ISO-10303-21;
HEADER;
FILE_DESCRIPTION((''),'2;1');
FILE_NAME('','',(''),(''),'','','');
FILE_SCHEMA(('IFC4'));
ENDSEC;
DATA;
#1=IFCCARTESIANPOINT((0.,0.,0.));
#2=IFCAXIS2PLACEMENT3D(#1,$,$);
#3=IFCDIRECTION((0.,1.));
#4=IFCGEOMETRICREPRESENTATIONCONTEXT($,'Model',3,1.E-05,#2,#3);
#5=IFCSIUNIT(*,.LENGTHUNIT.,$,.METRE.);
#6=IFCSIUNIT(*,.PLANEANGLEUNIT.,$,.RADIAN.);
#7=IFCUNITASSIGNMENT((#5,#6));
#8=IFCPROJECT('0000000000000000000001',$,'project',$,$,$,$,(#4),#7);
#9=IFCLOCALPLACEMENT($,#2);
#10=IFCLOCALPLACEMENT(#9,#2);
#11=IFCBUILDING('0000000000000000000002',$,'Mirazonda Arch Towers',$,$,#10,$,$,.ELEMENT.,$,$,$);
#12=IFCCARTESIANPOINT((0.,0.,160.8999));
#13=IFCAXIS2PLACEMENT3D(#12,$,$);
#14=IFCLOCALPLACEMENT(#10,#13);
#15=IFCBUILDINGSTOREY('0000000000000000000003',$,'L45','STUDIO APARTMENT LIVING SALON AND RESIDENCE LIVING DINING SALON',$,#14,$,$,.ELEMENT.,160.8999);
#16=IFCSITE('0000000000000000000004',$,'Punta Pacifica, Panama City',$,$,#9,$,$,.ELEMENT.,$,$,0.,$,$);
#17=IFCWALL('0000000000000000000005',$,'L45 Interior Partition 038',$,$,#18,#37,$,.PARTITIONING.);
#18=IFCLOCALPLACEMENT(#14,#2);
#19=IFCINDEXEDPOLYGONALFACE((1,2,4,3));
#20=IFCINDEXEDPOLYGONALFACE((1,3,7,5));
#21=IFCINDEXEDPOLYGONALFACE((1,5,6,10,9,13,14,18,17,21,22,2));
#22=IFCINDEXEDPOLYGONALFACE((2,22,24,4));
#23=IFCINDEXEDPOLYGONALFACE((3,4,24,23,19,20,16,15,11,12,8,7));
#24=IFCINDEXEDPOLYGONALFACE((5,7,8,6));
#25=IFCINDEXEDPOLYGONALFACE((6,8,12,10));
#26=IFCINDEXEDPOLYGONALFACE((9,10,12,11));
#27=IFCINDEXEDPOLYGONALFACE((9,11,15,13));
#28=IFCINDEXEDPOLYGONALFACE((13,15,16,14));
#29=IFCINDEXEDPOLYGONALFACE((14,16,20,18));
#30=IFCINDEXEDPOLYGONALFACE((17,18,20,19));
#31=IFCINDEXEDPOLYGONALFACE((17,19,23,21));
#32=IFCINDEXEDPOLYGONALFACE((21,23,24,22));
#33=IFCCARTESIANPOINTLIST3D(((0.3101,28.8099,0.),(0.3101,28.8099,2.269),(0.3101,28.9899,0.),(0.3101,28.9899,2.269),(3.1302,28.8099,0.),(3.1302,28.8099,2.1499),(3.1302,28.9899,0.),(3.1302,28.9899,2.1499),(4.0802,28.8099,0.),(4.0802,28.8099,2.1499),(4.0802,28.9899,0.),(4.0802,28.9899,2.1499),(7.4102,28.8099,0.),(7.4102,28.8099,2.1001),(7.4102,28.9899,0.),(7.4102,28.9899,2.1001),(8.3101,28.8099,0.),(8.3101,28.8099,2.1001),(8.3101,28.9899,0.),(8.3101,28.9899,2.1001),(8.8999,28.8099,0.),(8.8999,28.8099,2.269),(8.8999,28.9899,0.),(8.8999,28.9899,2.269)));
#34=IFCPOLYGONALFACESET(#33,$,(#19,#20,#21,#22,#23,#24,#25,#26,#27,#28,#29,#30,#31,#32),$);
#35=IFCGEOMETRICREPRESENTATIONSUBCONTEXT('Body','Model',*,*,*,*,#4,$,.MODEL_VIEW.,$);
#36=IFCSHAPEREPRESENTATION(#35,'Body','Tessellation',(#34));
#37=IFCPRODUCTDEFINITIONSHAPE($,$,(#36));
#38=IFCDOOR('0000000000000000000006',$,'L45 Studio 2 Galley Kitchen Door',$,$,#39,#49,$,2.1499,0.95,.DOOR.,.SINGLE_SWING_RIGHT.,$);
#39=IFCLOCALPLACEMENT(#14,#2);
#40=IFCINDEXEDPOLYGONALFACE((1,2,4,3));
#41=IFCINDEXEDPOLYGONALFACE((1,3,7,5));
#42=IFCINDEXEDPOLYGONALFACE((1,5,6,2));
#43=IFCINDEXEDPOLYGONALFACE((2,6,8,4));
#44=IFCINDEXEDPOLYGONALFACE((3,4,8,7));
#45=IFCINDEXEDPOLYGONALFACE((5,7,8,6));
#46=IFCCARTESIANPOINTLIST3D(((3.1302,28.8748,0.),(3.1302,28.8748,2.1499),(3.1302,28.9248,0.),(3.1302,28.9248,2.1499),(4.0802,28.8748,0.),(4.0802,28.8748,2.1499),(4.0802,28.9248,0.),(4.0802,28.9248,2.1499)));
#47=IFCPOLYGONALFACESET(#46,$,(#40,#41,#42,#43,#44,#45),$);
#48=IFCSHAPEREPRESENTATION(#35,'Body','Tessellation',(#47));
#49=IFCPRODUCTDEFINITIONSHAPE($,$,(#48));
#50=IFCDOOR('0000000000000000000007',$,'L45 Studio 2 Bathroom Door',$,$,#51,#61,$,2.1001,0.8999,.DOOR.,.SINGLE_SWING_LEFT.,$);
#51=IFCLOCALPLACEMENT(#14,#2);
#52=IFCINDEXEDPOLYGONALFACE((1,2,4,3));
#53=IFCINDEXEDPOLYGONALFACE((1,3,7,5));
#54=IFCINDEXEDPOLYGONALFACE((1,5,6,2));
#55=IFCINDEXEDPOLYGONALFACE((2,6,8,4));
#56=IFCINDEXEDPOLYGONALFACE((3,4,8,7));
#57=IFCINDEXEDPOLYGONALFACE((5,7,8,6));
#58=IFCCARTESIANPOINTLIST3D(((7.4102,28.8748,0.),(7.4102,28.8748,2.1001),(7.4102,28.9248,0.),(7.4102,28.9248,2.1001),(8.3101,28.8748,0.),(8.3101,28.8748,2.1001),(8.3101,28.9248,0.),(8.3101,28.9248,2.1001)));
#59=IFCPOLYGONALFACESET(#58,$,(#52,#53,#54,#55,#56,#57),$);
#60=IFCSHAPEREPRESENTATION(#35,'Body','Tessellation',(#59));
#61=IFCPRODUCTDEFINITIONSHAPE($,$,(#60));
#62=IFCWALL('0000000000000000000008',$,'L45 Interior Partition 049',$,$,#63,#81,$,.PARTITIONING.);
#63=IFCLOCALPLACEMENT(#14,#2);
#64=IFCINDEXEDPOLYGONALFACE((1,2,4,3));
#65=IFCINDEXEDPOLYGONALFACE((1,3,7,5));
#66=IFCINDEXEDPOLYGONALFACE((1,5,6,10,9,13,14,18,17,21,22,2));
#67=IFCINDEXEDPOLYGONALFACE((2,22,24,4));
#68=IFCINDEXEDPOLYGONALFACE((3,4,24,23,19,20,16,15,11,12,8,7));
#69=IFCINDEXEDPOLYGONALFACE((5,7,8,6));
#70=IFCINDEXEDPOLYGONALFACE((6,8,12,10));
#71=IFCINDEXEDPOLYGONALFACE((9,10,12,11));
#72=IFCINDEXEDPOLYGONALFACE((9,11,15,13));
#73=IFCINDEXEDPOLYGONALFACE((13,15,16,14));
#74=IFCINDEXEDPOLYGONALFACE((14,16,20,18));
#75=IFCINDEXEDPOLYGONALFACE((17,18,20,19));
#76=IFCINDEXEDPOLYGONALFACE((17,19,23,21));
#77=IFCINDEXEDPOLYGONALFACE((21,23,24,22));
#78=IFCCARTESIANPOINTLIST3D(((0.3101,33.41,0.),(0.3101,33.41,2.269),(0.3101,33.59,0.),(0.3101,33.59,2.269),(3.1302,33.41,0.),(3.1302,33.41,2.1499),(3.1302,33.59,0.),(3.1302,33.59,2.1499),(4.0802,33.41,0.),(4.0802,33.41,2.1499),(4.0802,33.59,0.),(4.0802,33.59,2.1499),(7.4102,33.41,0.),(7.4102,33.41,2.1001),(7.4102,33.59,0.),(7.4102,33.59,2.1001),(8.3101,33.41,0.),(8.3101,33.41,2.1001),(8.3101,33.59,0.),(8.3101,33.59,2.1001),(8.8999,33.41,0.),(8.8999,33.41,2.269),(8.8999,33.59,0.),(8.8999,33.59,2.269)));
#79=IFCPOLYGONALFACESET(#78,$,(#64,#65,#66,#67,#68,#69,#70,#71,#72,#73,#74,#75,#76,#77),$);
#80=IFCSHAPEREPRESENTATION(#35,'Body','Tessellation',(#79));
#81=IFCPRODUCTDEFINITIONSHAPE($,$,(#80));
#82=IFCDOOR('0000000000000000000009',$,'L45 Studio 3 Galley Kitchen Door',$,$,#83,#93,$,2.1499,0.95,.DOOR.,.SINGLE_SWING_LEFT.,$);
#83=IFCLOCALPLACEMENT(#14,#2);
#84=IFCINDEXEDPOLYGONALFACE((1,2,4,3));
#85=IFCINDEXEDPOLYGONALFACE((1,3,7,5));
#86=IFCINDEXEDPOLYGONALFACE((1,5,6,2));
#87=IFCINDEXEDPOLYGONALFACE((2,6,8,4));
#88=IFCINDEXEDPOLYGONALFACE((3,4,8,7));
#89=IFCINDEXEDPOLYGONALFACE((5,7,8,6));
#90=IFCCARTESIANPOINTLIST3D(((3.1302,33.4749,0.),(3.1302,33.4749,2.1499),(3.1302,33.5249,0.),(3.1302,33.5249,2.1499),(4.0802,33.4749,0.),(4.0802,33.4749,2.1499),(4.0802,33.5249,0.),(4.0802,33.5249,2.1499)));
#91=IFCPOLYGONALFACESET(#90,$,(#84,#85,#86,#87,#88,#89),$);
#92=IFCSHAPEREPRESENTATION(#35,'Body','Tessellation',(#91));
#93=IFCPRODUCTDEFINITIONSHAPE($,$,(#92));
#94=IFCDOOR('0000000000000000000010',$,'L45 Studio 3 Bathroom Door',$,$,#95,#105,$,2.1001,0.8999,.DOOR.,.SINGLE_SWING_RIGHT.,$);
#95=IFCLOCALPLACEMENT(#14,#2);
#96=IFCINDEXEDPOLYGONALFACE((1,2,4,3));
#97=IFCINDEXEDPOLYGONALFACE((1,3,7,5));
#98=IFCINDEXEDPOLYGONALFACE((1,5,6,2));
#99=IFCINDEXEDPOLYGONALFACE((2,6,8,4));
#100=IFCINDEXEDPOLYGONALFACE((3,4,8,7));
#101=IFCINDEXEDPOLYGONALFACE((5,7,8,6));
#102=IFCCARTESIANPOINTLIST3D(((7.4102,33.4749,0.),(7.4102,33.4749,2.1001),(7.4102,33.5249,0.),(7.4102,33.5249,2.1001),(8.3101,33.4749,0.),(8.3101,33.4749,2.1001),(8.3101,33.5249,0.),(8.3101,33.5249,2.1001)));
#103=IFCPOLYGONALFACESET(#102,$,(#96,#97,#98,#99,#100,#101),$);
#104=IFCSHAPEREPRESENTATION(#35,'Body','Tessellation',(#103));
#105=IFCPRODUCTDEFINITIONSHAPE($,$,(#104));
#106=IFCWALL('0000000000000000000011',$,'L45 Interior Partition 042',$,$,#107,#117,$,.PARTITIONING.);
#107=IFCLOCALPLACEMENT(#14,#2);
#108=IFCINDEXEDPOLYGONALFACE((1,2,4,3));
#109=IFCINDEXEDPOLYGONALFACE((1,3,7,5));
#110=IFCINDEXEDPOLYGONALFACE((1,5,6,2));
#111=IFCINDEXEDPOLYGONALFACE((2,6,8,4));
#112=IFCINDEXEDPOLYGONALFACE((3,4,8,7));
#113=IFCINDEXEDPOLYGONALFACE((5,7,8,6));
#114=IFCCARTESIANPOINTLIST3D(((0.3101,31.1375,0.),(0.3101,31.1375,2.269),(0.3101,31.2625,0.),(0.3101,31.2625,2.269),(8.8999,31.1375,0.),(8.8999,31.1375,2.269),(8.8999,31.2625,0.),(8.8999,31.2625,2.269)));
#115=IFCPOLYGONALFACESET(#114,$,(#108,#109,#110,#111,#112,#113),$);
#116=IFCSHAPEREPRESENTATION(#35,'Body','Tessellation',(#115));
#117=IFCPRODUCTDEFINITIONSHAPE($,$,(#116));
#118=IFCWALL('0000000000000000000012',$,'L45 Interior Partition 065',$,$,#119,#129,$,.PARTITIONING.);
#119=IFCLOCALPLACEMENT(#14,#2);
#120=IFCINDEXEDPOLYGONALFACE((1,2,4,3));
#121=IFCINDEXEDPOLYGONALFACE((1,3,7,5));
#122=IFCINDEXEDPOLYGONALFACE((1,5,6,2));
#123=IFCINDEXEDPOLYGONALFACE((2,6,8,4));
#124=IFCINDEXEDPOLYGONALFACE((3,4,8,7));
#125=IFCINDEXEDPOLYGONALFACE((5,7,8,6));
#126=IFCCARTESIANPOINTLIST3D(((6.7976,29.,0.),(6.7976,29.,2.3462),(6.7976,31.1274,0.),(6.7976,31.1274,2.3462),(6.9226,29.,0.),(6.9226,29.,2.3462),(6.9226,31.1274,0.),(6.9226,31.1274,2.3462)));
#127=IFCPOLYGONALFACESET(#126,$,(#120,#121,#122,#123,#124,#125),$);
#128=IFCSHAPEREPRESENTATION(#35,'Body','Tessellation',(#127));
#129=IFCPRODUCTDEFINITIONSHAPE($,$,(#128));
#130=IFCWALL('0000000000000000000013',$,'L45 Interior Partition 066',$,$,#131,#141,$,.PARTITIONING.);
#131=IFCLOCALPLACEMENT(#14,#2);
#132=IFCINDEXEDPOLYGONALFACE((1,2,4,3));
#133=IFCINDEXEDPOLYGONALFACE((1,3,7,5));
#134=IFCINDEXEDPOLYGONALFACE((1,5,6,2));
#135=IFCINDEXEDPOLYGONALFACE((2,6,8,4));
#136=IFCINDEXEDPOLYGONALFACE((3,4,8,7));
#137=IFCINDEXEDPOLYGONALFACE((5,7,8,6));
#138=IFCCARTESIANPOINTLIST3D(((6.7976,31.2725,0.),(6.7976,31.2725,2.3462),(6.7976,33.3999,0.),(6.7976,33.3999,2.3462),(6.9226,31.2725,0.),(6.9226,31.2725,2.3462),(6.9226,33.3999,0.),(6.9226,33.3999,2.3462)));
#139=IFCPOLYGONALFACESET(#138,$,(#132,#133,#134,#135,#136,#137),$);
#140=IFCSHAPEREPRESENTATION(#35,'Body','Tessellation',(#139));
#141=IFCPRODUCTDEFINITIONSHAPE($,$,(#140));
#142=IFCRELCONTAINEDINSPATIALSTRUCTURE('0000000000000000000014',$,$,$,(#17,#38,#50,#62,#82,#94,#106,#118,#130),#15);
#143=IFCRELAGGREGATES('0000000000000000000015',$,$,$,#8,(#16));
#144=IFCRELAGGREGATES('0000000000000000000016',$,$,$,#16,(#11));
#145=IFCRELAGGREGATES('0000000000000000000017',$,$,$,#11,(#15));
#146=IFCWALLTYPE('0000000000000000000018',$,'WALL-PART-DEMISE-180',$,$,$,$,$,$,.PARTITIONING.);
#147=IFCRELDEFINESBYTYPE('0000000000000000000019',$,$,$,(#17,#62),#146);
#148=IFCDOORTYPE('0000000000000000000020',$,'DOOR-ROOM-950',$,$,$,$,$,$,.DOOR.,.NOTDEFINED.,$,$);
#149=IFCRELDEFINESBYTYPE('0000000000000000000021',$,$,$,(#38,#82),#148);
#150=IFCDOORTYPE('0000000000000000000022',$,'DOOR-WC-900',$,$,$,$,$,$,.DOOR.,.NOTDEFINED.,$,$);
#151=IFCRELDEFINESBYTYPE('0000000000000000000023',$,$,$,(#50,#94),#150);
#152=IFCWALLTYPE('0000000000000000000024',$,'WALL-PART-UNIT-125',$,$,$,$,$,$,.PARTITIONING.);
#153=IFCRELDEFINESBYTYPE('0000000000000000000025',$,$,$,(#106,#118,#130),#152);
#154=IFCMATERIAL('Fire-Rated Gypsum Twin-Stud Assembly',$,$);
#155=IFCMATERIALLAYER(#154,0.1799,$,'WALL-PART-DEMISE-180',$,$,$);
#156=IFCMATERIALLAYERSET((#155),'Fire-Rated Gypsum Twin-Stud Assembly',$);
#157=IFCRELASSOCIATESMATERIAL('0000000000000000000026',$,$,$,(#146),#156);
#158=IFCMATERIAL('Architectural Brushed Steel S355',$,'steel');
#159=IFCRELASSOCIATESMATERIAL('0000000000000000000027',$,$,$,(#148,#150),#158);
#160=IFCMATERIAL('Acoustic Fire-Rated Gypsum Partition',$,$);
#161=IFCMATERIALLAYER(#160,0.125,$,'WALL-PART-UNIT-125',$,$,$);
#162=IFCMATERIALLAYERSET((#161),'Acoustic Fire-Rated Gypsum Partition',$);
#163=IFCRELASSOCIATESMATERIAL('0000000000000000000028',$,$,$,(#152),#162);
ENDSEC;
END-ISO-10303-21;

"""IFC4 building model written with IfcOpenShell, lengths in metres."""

from ifc_helpers import new_model, si_unit, direction, frame, frame_2d, origin, place, context, subcontext, project, spatial, rectangle, extrude, material, layer, layer_set, type_object, element, fill, save


model = new_model("IFC4")

# Units and contexts
model_context = context("Model", 3, precision=1e-05, world=origin(), true_north=direction((0.0, 1.0)))
body_context = subcontext(model_context, "Body", "Model", "MODEL_VIEW")
ifc_project = project(units=[si_unit("LENGTHUNIT", "METRE"), si_unit("PLANEANGLEUNIT", "RADIAN")], contexts=[model_context])

# Site, building, storey
site_placement = place(None, origin())
site = spatial("IfcSite", under=ifc_project, at=site_placement, Name="Punta Pacifica, Panama City", CompositionType="ELEMENT", RefElevation=0.0)
building_placement = place(site_placement, origin())
building = spatial("IfcBuilding", under=site, at=building_placement, Name="Mirazonda Arch Towers", CompositionType="ELEMENT")
storey_placement = place(building_placement, frame((0.0, 0.0, 160.8999)))
storey = spatial("IfcBuildingStorey", under=building, at=storey_placement, Name="L45", Description="STUDIO APARTMENT LIVING SALON AND RESIDENCE LIVING DINING SALON", CompositionType="ELEMENT", Elevation=160.8999)

# Walls, openings, doors
ifc_material_1 = material(Name="Fire-Rated Gypsum Twin-Stud Assembly")
ifc_layer_1 = layer(ifc_material_1, 0.1799, Name="WALL-PART-DEMISE-180")
ifc_layer_set_1 = layer_set([ifc_layer_1], Name="Fire-Rated Gypsum Twin-Stud Assembly")
wall_type_1 = type_object("IfcWallType", Name="WALL-PART-DEMISE-180", PredefinedType="PARTITIONING", material=ifc_layer_set_1)
wall_1_placement = place(storey_placement, frame((0.3101, 28.8999, 0.0), z_axis=(0.0, 0.0, 1.0), x_axis=(1.0, 0.0, 0.0)))
wall_1 = element("IfcWall", 1, at=wall_1_placement, inside=storey, type_object=wall_type_1, Name="L45 Interior Partition 038", PredefinedType="PARTITIONING", context=body_context, shape_type="SweptSolid", body=[
    extrude(rectangle(XDim=8.5898, YDim=0.1799, at=frame_2d((4.2949, 0.0))), origin(), (0.0, 0.0, 1.0), 2.269),
])
opening_1_placement = place(wall_1_placement, frame((2.8201, 0.0, 0.0)))
opening_1 = element("IfcOpeningElement", 2, at=opening_1_placement, cuts=wall_1, PredefinedType="OPENING", context=body_context, shape_type="SweptSolid", body=[
    extrude(rectangle(XDim=0.95, YDim=2.1499, at=frame_2d((0.4751, 1.075))), frame((0.0, 0.0999, 0.0), z_axis=(0.0, -1.0, 0.0), x_axis=(1.0, 0.0, 0.0)), (0.0, 0.0, 1.0), 0.2),
])
opening_2_placement = place(wall_1_placement, frame((7.1001, 0.0, 0.0)))
opening_2 = element("IfcOpeningElement", 3, at=opening_2_placement, cuts=wall_1, PredefinedType="OPENING", context=body_context, shape_type="SweptSolid", body=[
    extrude(rectangle(XDim=0.8999, YDim=2.1001, at=frame_2d((0.45, 1.05))), frame((0.0, 0.0999, 0.0), z_axis=(0.0, -1.0, 0.0), x_axis=(1.0, 0.0, 0.0)), (0.0, 0.0, 1.0), 0.2),
])
ifc_material_2 = material(Name="Architectural Brushed Steel S355", Category="steel")
door_type_1 = type_object("IfcDoorType", Name="DOOR-ROOM-950", OperationType="NOTDEFINED", PredefinedType="DOOR", material=ifc_material_2)
door_1_placement = place(opening_1_placement, origin())
door_1 = element("IfcDoor", 4, at=door_1_placement, inside=storey, type_object=door_type_1, Name="L45 Studio 2 Galley Kitchen Door", OperationType="SINGLE_SWING_RIGHT", OverallHeight=2.1499, OverallWidth=0.95, PredefinedType="DOOR", context=body_context, shape_type="SweptSolid", body=[
    extrude(rectangle(XDim=0.95, YDim=2.1499, at=frame_2d((0.4751, 1.075))), frame((0.0, 0.0249, 0.0), z_axis=(0.0, -1.0, 0.0), x_axis=(1.0, 0.0, 0.0)), (0.0, 0.0, 1.0), 0.05),
])
fill(opening_1, door_1)
door_type_2 = type_object("IfcDoorType", Name="DOOR-WC-900", OperationType="NOTDEFINED", PredefinedType="DOOR", material=ifc_material_2)
door_2_placement = place(opening_2_placement, origin())
door_2 = element("IfcDoor", 5, at=door_2_placement, inside=storey, type_object=door_type_2, Name="L45 Studio 2 Bathroom Door", OperationType="SINGLE_SWING_LEFT", OverallHeight=2.1001, OverallWidth=0.8999, PredefinedType="DOOR", context=body_context, shape_type="SweptSolid", body=[
    extrude(rectangle(XDim=0.8999, YDim=2.1001, at=frame_2d((0.45, 1.05))), frame((0.0, 0.0249, 0.0), z_axis=(0.0, -1.0, 0.0), x_axis=(1.0, 0.0, 0.0)), (0.0, 0.0, 1.0), 0.05),
])
fill(opening_2, door_2)
wall_2_placement = place(storey_placement, frame((0.3101, 33.5, 0.0), z_axis=(0.0, 0.0, 1.0), x_axis=(1.0, 0.0, 0.0)))
wall_2 = element("IfcWall", 6, at=wall_2_placement, inside=storey, type_object=wall_type_1, Name="L45 Interior Partition 049", PredefinedType="PARTITIONING", context=body_context, shape_type="SweptSolid", body=[
    extrude(rectangle(XDim=8.5898, YDim=0.1799, at=frame_2d((4.2949, 0.0))), origin(), (0.0, 0.0, 1.0), 2.269),
])
opening_3_placement = place(wall_2_placement, frame((2.8201, 0.0, 0.0)))
opening_3 = element("IfcOpeningElement", 7, at=opening_3_placement, cuts=wall_2, PredefinedType="OPENING", context=body_context, shape_type="SweptSolid", body=[
    extrude(rectangle(XDim=0.95, YDim=2.1499, at=frame_2d((0.4751, 1.075))), frame((0.0, 0.0999, 0.0), z_axis=(0.0, -1.0, 0.0), x_axis=(1.0, 0.0, 0.0)), (0.0, 0.0, 1.0), 0.2),
])
opening_4_placement = place(wall_2_placement, frame((7.1001, 0.0, 0.0)))
opening_4 = element("IfcOpeningElement", 8, at=opening_4_placement, cuts=wall_2, PredefinedType="OPENING", context=body_context, shape_type="SweptSolid", body=[
    extrude(rectangle(XDim=0.8999, YDim=2.1001, at=frame_2d((0.45, 1.05))), frame((0.0, 0.0999, 0.0), z_axis=(0.0, -1.0, 0.0), x_axis=(1.0, 0.0, 0.0)), (0.0, 0.0, 1.0), 0.2),
])
door_3_placement = place(opening_3_placement, origin())
door_3 = element("IfcDoor", 9, at=door_3_placement, inside=storey, type_object=door_type_1, Name="L45 Studio 3 Galley Kitchen Door", OperationType="SINGLE_SWING_LEFT", OverallHeight=2.1499, OverallWidth=0.95, PredefinedType="DOOR", context=body_context, shape_type="SweptSolid", body=[
    extrude(rectangle(XDim=0.95, YDim=2.1499, at=frame_2d((0.4751, 1.075))), frame((0.0, 0.0249, 0.0), z_axis=(0.0, -1.0, 0.0), x_axis=(1.0, 0.0, 0.0)), (0.0, 0.0, 1.0), 0.05),
])
fill(opening_3, door_3)
door_4_placement = place(opening_4_placement, origin())
door_4 = element("IfcDoor", 10, at=door_4_placement, inside=storey, type_object=door_type_2, Name="L45 Studio 3 Bathroom Door", OperationType="SINGLE_SWING_RIGHT", OverallHeight=2.1001, OverallWidth=0.8999, PredefinedType="DOOR", context=body_context, shape_type="SweptSolid", body=[
    extrude(rectangle(XDim=0.8999, YDim=2.1001, at=frame_2d((0.45, 1.05))), frame((0.0, 0.0249, 0.0), z_axis=(0.0, -1.0, 0.0), x_axis=(1.0, 0.0, 0.0)), (0.0, 0.0, 1.0), 0.05),
])
fill(opening_4, door_4)

# Walls
ifc_material_3 = material(Name="Acoustic Fire-Rated Gypsum Partition")
ifc_layer_2 = layer(ifc_material_3, 0.125, Name="WALL-PART-UNIT-125")
ifc_layer_set_2 = layer_set([ifc_layer_2], Name="Acoustic Fire-Rated Gypsum Partition")
wall_type_2 = type_object("IfcWallType", Name="WALL-PART-UNIT-125", PredefinedType="PARTITIONING", material=ifc_layer_set_2)
wall_3_placement = place(storey_placement, frame((0.3101, 31.2, 0.0), z_axis=(0.0, 0.0, 1.0), x_axis=(1.0, 0.0, 0.0)))
element("IfcWall", 11, at=wall_3_placement, inside=storey, type_object=wall_type_2, Name="L45 Interior Partition 042", PredefinedType="PARTITIONING", context=body_context, shape_type="SweptSolid", body=[
    extrude(rectangle(XDim=8.5898, YDim=0.125, at=frame_2d((4.2949, 0.0))), origin(), (0.0, 0.0, 1.0), 2.269),
])
for number, where, z_axis, x_axis, name in (
    (12, (6.8601, 29.0, 0.0), (0.0, 0.0, 1.0), (0.0, 1.0, 0.0), "L45 Interior Partition 065"),
    (13, (6.8601, 31.2725, 0.0), (0.0, 0.0, 1.0), (0.0, 1.0, 0.0), "L45 Interior Partition 066"),
):
    element("IfcWall", number, at=place(storey_placement, frame(where, z_axis=z_axis, x_axis=x_axis)), inside=storey, type_object=wall_type_2, Name=name, PredefinedType="PARTITIONING", context=body_context, shape_type="SweptSolid", body=[
        extrude(rectangle(XDim=2.1274, YDim=0.125, at=frame_2d((1.0637, 0.0))), origin(), (0.0, 0.0, 1.0), 2.3462),
    ])

save(model, "model.ifc")
